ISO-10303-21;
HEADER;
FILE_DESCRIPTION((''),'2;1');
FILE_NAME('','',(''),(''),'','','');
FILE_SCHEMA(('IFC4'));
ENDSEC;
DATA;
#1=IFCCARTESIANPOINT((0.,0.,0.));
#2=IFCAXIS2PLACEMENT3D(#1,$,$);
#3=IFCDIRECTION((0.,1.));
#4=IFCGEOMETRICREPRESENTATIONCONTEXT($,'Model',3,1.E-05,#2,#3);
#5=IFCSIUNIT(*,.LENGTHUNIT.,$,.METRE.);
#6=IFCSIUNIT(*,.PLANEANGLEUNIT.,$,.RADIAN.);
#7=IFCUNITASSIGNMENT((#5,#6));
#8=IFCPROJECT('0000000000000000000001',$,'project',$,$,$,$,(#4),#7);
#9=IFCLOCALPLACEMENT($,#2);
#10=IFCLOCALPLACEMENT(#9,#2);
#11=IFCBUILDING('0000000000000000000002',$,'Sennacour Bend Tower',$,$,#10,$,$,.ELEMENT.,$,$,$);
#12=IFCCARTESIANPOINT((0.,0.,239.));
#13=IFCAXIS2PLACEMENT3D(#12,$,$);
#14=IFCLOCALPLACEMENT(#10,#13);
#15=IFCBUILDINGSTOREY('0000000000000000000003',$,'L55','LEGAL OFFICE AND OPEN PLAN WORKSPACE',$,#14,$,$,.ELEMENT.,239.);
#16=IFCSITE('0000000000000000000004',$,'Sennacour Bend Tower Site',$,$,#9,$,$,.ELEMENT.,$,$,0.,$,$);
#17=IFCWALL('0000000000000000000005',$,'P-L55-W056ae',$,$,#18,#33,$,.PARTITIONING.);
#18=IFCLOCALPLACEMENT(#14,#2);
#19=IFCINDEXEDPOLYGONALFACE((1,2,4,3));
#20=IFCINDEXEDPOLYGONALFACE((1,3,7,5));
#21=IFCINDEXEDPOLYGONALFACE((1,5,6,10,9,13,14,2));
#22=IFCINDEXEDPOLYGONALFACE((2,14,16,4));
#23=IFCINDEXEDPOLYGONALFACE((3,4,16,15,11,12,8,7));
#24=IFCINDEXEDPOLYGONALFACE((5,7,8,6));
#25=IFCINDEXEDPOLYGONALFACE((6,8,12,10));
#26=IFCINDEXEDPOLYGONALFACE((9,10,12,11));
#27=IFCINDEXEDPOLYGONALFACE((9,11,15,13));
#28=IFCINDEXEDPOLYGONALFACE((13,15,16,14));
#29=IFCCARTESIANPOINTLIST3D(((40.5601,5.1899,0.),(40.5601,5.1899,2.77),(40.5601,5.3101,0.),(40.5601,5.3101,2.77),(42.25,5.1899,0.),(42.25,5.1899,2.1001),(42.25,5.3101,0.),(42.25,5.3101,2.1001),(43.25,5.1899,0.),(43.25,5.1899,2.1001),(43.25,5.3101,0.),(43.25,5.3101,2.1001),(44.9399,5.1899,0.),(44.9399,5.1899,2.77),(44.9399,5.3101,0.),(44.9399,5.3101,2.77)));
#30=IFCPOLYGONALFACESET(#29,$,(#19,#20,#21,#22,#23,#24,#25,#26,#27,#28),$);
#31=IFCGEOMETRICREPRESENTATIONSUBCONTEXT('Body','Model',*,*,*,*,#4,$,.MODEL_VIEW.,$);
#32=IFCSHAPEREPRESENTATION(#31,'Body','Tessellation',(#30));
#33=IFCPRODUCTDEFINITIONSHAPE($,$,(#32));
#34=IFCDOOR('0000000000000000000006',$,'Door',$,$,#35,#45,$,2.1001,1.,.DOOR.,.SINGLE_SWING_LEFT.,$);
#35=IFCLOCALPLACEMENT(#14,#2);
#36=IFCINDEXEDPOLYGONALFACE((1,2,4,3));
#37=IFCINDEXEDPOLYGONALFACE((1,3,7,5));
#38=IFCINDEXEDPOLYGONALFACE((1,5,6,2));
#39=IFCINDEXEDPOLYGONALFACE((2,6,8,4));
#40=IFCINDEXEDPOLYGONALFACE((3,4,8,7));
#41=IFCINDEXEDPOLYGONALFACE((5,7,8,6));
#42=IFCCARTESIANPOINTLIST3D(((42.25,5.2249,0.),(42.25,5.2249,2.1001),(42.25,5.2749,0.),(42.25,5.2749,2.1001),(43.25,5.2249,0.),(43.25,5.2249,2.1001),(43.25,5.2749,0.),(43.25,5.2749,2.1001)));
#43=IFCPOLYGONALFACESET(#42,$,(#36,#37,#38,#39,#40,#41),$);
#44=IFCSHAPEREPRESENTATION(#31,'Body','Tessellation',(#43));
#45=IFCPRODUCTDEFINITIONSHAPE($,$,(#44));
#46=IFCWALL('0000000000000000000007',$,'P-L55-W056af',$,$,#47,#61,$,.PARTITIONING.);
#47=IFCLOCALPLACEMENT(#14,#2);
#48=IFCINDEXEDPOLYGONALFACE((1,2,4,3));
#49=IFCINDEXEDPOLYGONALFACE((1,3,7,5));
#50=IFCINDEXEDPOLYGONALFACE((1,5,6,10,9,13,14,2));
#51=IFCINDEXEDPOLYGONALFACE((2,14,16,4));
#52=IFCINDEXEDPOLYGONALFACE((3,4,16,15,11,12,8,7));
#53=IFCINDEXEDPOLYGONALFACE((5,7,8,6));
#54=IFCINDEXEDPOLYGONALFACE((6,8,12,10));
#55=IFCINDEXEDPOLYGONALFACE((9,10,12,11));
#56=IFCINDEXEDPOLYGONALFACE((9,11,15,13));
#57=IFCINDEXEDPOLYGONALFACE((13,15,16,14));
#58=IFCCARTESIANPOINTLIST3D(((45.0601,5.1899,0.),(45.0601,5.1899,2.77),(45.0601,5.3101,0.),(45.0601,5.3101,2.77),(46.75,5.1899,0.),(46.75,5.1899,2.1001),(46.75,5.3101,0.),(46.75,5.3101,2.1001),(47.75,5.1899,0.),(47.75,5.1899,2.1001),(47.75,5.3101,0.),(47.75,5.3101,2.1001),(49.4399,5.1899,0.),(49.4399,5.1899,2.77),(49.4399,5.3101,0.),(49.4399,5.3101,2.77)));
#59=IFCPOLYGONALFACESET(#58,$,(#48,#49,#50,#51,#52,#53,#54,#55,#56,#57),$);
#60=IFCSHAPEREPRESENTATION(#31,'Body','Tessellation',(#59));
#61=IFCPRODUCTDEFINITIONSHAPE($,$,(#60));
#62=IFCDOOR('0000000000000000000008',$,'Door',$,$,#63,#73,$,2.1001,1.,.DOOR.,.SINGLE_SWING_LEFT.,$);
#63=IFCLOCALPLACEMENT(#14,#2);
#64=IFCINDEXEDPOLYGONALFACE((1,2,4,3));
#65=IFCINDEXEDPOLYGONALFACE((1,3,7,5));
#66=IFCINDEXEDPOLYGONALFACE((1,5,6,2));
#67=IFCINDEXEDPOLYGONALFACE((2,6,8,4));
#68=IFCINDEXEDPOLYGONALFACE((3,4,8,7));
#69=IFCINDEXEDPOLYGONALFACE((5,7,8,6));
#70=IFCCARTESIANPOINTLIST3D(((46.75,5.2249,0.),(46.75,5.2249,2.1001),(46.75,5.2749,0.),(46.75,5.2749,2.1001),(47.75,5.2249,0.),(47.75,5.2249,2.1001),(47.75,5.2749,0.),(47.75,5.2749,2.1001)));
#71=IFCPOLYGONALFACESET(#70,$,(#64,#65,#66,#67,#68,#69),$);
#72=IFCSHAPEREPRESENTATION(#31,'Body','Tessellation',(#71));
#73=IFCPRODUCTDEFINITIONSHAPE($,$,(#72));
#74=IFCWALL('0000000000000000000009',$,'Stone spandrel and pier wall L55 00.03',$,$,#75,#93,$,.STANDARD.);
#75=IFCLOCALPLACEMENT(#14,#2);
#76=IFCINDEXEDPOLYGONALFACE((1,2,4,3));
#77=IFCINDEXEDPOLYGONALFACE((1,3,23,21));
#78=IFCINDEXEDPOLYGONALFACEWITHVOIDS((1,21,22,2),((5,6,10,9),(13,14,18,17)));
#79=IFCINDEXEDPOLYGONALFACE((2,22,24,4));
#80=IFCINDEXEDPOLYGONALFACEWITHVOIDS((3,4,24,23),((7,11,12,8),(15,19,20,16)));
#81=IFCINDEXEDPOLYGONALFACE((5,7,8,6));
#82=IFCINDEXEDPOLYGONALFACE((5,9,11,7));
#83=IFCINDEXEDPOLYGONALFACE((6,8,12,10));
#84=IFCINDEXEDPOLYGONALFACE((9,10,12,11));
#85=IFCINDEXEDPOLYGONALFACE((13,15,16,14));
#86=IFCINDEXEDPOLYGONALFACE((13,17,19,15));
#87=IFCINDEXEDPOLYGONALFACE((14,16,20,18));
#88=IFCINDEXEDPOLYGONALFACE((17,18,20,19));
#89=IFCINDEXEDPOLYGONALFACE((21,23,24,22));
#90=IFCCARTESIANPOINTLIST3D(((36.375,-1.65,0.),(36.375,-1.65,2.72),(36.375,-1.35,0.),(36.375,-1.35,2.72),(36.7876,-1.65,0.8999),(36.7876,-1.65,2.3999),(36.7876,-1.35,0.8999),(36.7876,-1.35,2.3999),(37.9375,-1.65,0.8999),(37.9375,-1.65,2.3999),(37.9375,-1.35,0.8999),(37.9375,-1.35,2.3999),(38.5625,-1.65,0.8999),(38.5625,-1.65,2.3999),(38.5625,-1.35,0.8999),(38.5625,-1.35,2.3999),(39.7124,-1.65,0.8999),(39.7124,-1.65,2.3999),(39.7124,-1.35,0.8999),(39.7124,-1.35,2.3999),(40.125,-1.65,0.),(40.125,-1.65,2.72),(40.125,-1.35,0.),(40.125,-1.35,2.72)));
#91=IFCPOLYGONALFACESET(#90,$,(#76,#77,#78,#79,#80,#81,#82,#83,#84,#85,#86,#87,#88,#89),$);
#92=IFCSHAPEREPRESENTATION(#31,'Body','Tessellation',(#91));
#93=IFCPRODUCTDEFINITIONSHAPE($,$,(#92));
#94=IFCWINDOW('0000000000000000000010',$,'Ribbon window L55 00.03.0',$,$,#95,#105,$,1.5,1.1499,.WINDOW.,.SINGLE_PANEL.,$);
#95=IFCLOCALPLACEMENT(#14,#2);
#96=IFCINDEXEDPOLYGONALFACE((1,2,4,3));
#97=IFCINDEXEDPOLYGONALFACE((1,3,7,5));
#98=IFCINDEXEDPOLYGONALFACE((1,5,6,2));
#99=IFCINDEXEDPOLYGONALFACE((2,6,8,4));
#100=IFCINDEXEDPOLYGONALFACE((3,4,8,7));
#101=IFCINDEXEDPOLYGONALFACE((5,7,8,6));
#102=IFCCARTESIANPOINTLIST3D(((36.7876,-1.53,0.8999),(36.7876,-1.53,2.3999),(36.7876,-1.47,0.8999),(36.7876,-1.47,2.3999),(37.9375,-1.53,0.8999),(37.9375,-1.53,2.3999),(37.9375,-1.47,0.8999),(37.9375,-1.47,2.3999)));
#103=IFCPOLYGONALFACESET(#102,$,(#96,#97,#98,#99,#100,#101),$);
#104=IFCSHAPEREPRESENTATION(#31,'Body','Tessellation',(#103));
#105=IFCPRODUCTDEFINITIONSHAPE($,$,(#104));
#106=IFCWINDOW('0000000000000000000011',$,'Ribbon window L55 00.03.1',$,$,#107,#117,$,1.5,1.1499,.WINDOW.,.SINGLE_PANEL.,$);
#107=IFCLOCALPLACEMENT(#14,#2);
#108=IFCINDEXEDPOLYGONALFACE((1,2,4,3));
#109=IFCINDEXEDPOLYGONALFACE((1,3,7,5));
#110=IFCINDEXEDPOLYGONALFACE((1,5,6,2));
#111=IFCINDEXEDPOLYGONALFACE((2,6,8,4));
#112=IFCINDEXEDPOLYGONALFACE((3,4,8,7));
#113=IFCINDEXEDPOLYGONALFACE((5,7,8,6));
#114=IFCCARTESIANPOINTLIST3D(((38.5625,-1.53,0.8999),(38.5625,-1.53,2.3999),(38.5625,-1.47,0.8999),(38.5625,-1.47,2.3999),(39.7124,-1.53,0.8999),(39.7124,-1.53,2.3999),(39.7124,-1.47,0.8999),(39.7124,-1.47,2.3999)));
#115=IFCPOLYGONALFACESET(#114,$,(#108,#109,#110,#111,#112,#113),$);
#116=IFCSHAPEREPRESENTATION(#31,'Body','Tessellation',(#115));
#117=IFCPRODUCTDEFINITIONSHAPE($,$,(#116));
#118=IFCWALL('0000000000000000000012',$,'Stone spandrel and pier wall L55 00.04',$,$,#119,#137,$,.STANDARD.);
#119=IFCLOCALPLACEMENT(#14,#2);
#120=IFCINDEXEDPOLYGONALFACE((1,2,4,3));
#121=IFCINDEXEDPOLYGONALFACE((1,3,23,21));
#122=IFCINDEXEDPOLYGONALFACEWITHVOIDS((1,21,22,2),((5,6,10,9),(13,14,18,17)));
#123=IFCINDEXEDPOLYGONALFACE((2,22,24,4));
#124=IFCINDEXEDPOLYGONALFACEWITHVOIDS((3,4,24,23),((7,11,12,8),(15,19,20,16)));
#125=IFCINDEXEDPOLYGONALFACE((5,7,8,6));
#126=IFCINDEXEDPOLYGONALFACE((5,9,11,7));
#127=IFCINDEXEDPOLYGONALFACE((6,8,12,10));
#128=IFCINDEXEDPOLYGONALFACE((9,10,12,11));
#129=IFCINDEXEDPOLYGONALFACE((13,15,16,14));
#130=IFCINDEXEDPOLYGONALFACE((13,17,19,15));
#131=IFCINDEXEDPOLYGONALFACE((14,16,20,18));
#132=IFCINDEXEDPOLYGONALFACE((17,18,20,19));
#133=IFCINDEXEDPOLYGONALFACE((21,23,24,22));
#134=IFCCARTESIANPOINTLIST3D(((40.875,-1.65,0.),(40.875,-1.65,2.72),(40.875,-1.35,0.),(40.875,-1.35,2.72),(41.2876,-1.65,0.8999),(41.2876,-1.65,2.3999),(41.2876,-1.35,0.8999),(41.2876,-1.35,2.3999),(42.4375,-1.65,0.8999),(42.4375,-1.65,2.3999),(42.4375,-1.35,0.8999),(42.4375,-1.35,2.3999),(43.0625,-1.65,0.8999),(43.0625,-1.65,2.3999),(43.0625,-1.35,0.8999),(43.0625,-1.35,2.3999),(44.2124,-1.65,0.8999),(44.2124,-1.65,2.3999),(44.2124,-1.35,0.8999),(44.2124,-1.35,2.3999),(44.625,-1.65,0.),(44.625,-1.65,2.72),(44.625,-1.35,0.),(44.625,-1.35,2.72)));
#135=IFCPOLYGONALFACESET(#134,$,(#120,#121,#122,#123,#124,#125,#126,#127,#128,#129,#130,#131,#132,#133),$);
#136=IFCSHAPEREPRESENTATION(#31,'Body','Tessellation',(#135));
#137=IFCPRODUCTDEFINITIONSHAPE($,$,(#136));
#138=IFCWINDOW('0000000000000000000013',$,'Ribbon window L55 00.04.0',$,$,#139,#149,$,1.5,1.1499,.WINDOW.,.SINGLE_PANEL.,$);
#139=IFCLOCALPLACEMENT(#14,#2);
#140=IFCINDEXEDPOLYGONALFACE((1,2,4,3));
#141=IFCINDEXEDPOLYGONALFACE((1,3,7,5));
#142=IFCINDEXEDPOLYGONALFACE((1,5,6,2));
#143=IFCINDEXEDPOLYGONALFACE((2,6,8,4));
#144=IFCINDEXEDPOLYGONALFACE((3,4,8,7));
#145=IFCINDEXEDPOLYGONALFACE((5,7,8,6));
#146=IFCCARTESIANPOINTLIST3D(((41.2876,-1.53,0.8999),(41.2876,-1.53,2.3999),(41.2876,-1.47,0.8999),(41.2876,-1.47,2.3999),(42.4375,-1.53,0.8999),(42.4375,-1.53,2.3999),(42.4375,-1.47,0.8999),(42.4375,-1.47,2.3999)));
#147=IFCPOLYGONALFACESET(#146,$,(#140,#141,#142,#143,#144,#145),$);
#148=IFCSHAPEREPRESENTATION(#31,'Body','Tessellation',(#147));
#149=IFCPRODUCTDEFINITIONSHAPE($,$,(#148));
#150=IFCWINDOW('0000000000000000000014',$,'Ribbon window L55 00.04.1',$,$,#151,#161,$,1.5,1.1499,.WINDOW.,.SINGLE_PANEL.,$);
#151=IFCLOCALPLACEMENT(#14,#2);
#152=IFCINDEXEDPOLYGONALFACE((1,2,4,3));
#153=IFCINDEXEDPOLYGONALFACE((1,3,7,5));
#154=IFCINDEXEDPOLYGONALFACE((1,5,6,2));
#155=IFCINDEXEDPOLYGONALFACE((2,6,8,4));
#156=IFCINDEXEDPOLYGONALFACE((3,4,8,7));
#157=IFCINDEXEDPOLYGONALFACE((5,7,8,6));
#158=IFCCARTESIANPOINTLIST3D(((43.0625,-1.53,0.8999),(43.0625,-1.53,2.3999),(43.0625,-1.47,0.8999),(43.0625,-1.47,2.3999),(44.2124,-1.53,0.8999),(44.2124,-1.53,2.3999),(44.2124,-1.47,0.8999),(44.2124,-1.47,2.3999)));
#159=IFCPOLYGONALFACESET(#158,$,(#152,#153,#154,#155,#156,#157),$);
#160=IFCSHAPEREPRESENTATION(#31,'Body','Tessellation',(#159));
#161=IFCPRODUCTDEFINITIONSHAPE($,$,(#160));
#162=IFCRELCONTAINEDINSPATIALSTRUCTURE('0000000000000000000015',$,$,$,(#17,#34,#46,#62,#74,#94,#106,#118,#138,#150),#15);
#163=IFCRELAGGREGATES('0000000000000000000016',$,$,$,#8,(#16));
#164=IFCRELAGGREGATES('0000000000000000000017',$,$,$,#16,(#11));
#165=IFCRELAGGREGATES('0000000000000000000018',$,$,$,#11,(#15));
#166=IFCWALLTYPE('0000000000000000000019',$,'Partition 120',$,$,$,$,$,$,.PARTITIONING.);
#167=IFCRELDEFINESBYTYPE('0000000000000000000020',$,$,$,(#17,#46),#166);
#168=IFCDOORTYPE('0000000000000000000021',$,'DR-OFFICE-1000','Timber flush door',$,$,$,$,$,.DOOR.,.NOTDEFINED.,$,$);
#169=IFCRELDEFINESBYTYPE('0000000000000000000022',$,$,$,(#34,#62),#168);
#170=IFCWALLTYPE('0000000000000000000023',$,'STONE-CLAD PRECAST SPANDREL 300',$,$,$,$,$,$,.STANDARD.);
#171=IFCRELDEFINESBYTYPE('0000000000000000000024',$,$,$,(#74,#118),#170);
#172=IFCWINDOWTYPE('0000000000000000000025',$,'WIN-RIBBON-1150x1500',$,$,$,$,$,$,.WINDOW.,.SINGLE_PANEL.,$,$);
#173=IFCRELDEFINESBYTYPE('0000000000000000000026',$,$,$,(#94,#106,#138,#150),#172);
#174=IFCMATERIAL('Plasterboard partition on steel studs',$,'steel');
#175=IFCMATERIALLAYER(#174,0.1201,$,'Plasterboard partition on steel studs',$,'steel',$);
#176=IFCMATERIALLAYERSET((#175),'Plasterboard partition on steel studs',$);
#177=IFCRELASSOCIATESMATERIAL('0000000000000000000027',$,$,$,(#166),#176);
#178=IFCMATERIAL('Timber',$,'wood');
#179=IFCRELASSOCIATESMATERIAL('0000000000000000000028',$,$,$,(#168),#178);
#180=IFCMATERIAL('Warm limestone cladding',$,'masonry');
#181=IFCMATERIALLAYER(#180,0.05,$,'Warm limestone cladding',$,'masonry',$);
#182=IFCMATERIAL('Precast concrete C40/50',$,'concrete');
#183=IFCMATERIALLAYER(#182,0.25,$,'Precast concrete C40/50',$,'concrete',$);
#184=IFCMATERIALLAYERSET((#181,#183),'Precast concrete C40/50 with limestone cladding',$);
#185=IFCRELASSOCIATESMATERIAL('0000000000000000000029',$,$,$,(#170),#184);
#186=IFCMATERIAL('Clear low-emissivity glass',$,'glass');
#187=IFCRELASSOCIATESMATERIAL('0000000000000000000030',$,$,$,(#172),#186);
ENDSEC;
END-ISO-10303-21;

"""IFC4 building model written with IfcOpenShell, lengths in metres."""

from ifc_helpers import new_model, si_unit, direction, frame, frame_2d, origin, place, context, subcontext, project, spatial, rectangle, extrude, material, layer, layer_set, type_object, element, fill, save


model = new_model("IFC4")

# Units and contexts
model_context = context("Model", 3, precision=1e-05, world=origin(), true_north=direction((0.0, 1.0)))
body_context = subcontext(model_context, "Body", "Model", "MODEL_VIEW")
ifc_project = project(units=[si_unit("LENGTHUNIT", "METRE"), si_unit("PLANEANGLEUNIT", "RADIAN")], contexts=[model_context])

# Site, building, storey
site_placement = place(None, origin())
site = spatial("IfcSite", under=ifc_project, at=site_placement, Name="Sennacour Bend Tower Site", CompositionType="ELEMENT", RefElevation=0.0)
building_placement = place(site_placement, origin())
building = spatial("IfcBuilding", under=site, at=building_placement, Name="Sennacour Bend Tower", CompositionType="ELEMENT")
storey_placement = place(building_placement, frame((0.0, 0.0, 239.0)))
storey = spatial("IfcBuildingStorey", under=building, at=storey_placement, Name="L55", Description="LEGAL OFFICE AND OPEN PLAN WORKSPACE", CompositionType="ELEMENT", Elevation=239.0)

# Shared definitions
ifc_material_1 = material(Name="Plasterboard partition on steel studs", Category="steel")
ifc_layer_1 = layer(ifc_material_1, 0.1201, Name="Plasterboard partition on steel studs", Category="steel")
ifc_layer_set_1 = layer_set([ifc_layer_1], Name="Plasterboard partition on steel studs")
wall_type_1 = type_object("IfcWallType", Name="Partition 120", PredefinedType="PARTITIONING", material=ifc_layer_set_1)

# Walls, openings, doors
wall_1_placement = place(storey_placement, frame((40.5601, 5.25, 0.0), z_axis=(0.0, 0.0, 1.0), x_axis=(1.0, 0.0, 0.0)))
wall_1 = element("IfcWall", 1, at=wall_1_placement, inside=storey, type_object=wall_type_1, Name="P-L55-W056ae", PredefinedType="PARTITIONING", context=body_context, shape_type="SweptSolid", body=[
    extrude(rectangle(XDim=4.3799, YDim=0.1201, at=frame_2d((2.1899, 0.0))), origin(), (0.0, 0.0, 1.0), 2.77),
])
opening_1_placement = place(wall_1_placement, frame((1.6899, 0.0, 0.0)))
opening_1 = element("IfcOpeningElement", 2, at=opening_1_placement, cuts=wall_1, PredefinedType="OPENING", context=body_context, shape_type="SweptSolid", body=[
    extrude(rectangle(XDim=1.0, YDim=2.1001, at=frame_2d((0.5, 1.05))), frame((0.0, 0.0701, 0.0), z_axis=(0.0, -1.0, 0.0), x_axis=(1.0, 0.0, 0.0)), (0.0, 0.0, 1.0), 0.1401),
])
ifc_material_2 = material(Name="Timber", Category="wood")
door_type = type_object("IfcDoorType", Name="DR-OFFICE-1000", Description="Timber flush door", OperationType="NOTDEFINED", PredefinedType="DOOR", material=ifc_material_2)
door_1_placement = place(opening_1_placement, origin())
door_1 = element("IfcDoor", 3, at=door_1_placement, inside=storey, type_object=door_type, Name="Door", OperationType="SINGLE_SWING_LEFT", OverallHeight=2.1001, OverallWidth=1.0, PredefinedType="DOOR", context=body_context, shape_type="SweptSolid", body=[
    extrude(rectangle(XDim=1.0, YDim=2.1001, at=frame_2d((0.5, 1.05))), frame((0.0, 0.0249, 0.0), z_axis=(0.0, -1.0, 0.0), x_axis=(1.0, 0.0, 0.0)), (0.0, 0.0, 1.0), 0.05),
])
fill(opening_1, door_1)
wall_2_placement = place(storey_placement, frame((45.0601, 5.25, 0.0), z_axis=(0.0, 0.0, 1.0), x_axis=(1.0, 0.0, 0.0)))
wall_2 = element("IfcWall", 4, at=wall_2_placement, inside=storey, type_object=wall_type_1, Name="P-L55-W056af", PredefinedType="PARTITIONING", context=body_context, shape_type="SweptSolid", body=[
    extrude(rectangle(XDim=4.3799, YDim=0.1201, at=frame_2d((2.1899, 0.0))), origin(), (0.0, 0.0, 1.0), 2.77),
])
opening_2_placement = place(wall_2_placement, frame((1.6899, 0.0, 0.0)))
opening_2 = element("IfcOpeningElement", 5, at=opening_2_placement, cuts=wall_2, PredefinedType="OPENING", context=body_context, shape_type="SweptSolid", body=[
    extrude(rectangle(XDim=1.0, YDim=2.1001, at=frame_2d((0.5, 1.05))), frame((0.0, 0.0701, 0.0), z_axis=(0.0, -1.0, 0.0), x_axis=(1.0, 0.0, 0.0)), (0.0, 0.0, 1.0), 0.1401),
])
door_2_placement = place(opening_2_placement, origin())
door_2 = element("IfcDoor", 6, at=door_2_placement, inside=storey, type_object=door_type, Name="Door", OperationType="SINGLE_SWING_LEFT", OverallHeight=2.1001, OverallWidth=1.0, PredefinedType="DOOR", context=body_context, shape_type="SweptSolid", body=[
    extrude(rectangle(XDim=1.0, YDim=2.1001, at=frame_2d((0.5, 1.05))), frame((0.0, 0.0249, 0.0), z_axis=(0.0, -1.0, 0.0), x_axis=(1.0, 0.0, 0.0)), (0.0, 0.0, 1.0), 0.05),
])
fill(opening_2, door_2)

# Walls, openings, windows
ifc_material_3 = material(Name="Warm limestone cladding", Category="masonry")
ifc_layer_2 = layer(ifc_material_3, 0.05, Name="Warm limestone cladding", Category="masonry")
ifc_material_4 = material(Name="Precast concrete C40/50", Category="concrete")
ifc_layer_3 = layer(ifc_material_4, 0.25, Name="Precast concrete C40/50", Category="concrete")
ifc_layer_set_2 = layer_set([ifc_layer_2, ifc_layer_3], Name="Precast concrete C40/50 with limestone cladding")
wall_type_2 = type_object("IfcWallType", Name="STONE-CLAD PRECAST SPANDREL 300", PredefinedType="STANDARD", material=ifc_layer_set_2)
wall_3_placement = place(storey_placement, frame((36.375, -1.5, 0.0), z_axis=(0.0, 0.0, 1.0), x_axis=(1.0, 0.0, 0.0)))
wall_3 = element("IfcWall", 7, at=wall_3_placement, inside=storey, type_object=wall_type_2, Name="Stone spandrel and pier wall L55 00.03", PredefinedType="STANDARD", context=body_context, shape_type="SweptSolid", body=[
    extrude(rectangle(XDim=3.75, YDim=0.3, at=frame_2d((1.875, 0.0))), origin(), (0.0, 0.0, 1.0), 2.72),
])
opening_3_placement = place(wall_3_placement, frame((0.4126, 0.0, 0.8999)))
opening_3 = element("IfcOpeningElement", 8, at=opening_3_placement, cuts=wall_3, PredefinedType="OPENING", context=body_context, shape_type="SweptSolid", body=[
    extrude(rectangle(XDim=1.1499, YDim=1.5, at=frame_2d((0.575, 0.75))), frame((0.0, 0.1602, 0.0), z_axis=(0.0, -1.0, 0.0), x_axis=(1.0, 0.0, 0.0)), (0.0, 0.0, 1.0), 0.3201),
])
opening_4_placement = place(wall_3_placement, frame((2.1875, 0.0, 0.8999)))
opening_4 = element("IfcOpeningElement", 9, at=opening_4_placement, cuts=wall_3, PredefinedType="OPENING", context=body_context, shape_type="SweptSolid", body=[
    extrude(rectangle(XDim=1.1499, YDim=1.5, at=frame_2d((0.575, 0.75))), frame((0.0, 0.1602, 0.0), z_axis=(0.0, -1.0, 0.0), x_axis=(1.0, 0.0, 0.0)), (0.0, 0.0, 1.0), 0.3201),
])
ifc_material_5 = material(Name="Clear low-emissivity glass", Category="glass")
window_type = type_object("IfcWindowType", Name="WIN-RIBBON-1150x1500", PartitioningType="SINGLE_PANEL", PredefinedType="WINDOW", material=ifc_material_5)
window_1_placement = place(opening_3_placement, origin())
window_1 = element("IfcWindow", 10, at=window_1_placement, inside=storey, type_object=window_type, Name="Ribbon window L55 00.03.0", OverallHeight=1.5, OverallWidth=1.1499, PartitioningType="SINGLE_PANEL", PredefinedType="WINDOW", context=body_context, shape_type="SweptSolid", body=[
    extrude(rectangle(XDim=1.1499, YDim=1.5, at=frame_2d((0.575, 0.75))), frame((0.0, 0.03, 0.0), z_axis=(0.0, -1.0, 0.0), x_axis=(1.0, 0.0, 0.0)), (0.0, 0.0, 1.0), 0.0601),
])
fill(opening_3, window_1)
window_2_placement = place(opening_4_placement, origin())
window_2 = element("IfcWindow", 11, at=window_2_placement, inside=storey, type_object=window_type, Name="Ribbon window L55 00.03.1", OverallHeight=1.5, OverallWidth=1.1499, PartitioningType="SINGLE_PANEL", PredefinedType="WINDOW", context=body_context, shape_type="SweptSolid", body=[
    extrude(rectangle(XDim=1.1499, YDim=1.5, at=frame_2d((0.575, 0.75))), frame((0.0, 0.03, 0.0), z_axis=(0.0, -1.0, 0.0), x_axis=(1.0, 0.0, 0.0)), (0.0, 0.0, 1.0), 0.0601),
])
fill(opening_4, window_2)
wall_4_placement = place(storey_placement, frame((40.875, -1.5, 0.0), z_axis=(0.0, 0.0, 1.0), x_axis=(1.0, 0.0, 0.0)))
wall_4 = element("IfcWall", 12, at=wall_4_placement, inside=storey, type_object=wall_type_2, Name="Stone spandrel and pier wall L55 00.04", PredefinedType="STANDARD", context=body_context, shape_type="SweptSolid", body=[
    extrude(rectangle(XDim=3.75, YDim=0.3, at=frame_2d((1.875, 0.0))), origin(), (0.0, 0.0, 1.0), 2.72),
])
opening_5_placement = place(wall_4_placement, frame((0.4126, 0.0, 0.8999)))
opening_5 = element("IfcOpeningElement", 13, at=opening_5_placement, cuts=wall_4, PredefinedType="OPENING", context=body_context, shape_type="SweptSolid", body=[
    extrude(rectangle(XDim=1.1499, YDim=1.5, at=frame_2d((0.575, 0.75))), frame((0.0, 0.1602, 0.0), z_axis=(0.0, -1.0, 0.0), x_axis=(1.0, 0.0, 0.0)), (0.0, 0.0, 1.0), 0.3201),
])
opening_6_placement = place(wall_4_placement, frame((2.1875, 0.0, 0.8999)))
opening_6 = element("IfcOpeningElement", 14, at=opening_6_placement, cuts=wall_4, PredefinedType="OPENING", context=body_context, shape_type="SweptSolid", body=[
    extrude(rectangle(XDim=1.1499, YDim=1.5, at=frame_2d((0.575, 0.75))), frame((0.0, 0.1602, 0.0), z_axis=(0.0, -1.0, 0.0), x_axis=(1.0, 0.0, 0.0)), (0.0, 0.0, 1.0), 0.3201),
])
window_3_placement = place(opening_5_placement, origin())
window_3 = element("IfcWindow", 15, at=window_3_placement, inside=storey, type_object=window_type, Name="Ribbon window L55 00.04.0", OverallHeight=1.5, OverallWidth=1.1499, PartitioningType="SINGLE_PANEL", PredefinedType="WINDOW", context=body_context, shape_type="SweptSolid", body=[
    extrude(rectangle(XDim=1.1499, YDim=1.5, at=frame_2d((0.575, 0.75))), frame((0.0, 0.03, 0.0), z_axis=(0.0, -1.0, 0.0), x_axis=(1.0, 0.0, 0.0)), (0.0, 0.0, 1.0), 0.0601),
])
fill(opening_5, window_3)
window_4_placement = place(opening_6_placement, origin())
window_4 = element("IfcWindow", 16, at=window_4_placement, inside=storey, type_object=window_type, Name="Ribbon window L55 00.04.1", OverallHeight=1.5, OverallWidth=1.1499, PartitioningType="SINGLE_PANEL", PredefinedType="WINDOW", context=body_context, shape_type="SweptSolid", body=[
    extrude(rectangle(XDim=1.1499, YDim=1.5, at=frame_2d((0.575, 0.75))), frame((0.0, 0.03, 0.0), z_axis=(0.0, -1.0, 0.0), x_axis=(1.0, 0.0, 0.0)), (0.0, 0.0, 1.0), 0.0601),
])
fill(opening_6, window_4)

save(model, "model.ifc")
